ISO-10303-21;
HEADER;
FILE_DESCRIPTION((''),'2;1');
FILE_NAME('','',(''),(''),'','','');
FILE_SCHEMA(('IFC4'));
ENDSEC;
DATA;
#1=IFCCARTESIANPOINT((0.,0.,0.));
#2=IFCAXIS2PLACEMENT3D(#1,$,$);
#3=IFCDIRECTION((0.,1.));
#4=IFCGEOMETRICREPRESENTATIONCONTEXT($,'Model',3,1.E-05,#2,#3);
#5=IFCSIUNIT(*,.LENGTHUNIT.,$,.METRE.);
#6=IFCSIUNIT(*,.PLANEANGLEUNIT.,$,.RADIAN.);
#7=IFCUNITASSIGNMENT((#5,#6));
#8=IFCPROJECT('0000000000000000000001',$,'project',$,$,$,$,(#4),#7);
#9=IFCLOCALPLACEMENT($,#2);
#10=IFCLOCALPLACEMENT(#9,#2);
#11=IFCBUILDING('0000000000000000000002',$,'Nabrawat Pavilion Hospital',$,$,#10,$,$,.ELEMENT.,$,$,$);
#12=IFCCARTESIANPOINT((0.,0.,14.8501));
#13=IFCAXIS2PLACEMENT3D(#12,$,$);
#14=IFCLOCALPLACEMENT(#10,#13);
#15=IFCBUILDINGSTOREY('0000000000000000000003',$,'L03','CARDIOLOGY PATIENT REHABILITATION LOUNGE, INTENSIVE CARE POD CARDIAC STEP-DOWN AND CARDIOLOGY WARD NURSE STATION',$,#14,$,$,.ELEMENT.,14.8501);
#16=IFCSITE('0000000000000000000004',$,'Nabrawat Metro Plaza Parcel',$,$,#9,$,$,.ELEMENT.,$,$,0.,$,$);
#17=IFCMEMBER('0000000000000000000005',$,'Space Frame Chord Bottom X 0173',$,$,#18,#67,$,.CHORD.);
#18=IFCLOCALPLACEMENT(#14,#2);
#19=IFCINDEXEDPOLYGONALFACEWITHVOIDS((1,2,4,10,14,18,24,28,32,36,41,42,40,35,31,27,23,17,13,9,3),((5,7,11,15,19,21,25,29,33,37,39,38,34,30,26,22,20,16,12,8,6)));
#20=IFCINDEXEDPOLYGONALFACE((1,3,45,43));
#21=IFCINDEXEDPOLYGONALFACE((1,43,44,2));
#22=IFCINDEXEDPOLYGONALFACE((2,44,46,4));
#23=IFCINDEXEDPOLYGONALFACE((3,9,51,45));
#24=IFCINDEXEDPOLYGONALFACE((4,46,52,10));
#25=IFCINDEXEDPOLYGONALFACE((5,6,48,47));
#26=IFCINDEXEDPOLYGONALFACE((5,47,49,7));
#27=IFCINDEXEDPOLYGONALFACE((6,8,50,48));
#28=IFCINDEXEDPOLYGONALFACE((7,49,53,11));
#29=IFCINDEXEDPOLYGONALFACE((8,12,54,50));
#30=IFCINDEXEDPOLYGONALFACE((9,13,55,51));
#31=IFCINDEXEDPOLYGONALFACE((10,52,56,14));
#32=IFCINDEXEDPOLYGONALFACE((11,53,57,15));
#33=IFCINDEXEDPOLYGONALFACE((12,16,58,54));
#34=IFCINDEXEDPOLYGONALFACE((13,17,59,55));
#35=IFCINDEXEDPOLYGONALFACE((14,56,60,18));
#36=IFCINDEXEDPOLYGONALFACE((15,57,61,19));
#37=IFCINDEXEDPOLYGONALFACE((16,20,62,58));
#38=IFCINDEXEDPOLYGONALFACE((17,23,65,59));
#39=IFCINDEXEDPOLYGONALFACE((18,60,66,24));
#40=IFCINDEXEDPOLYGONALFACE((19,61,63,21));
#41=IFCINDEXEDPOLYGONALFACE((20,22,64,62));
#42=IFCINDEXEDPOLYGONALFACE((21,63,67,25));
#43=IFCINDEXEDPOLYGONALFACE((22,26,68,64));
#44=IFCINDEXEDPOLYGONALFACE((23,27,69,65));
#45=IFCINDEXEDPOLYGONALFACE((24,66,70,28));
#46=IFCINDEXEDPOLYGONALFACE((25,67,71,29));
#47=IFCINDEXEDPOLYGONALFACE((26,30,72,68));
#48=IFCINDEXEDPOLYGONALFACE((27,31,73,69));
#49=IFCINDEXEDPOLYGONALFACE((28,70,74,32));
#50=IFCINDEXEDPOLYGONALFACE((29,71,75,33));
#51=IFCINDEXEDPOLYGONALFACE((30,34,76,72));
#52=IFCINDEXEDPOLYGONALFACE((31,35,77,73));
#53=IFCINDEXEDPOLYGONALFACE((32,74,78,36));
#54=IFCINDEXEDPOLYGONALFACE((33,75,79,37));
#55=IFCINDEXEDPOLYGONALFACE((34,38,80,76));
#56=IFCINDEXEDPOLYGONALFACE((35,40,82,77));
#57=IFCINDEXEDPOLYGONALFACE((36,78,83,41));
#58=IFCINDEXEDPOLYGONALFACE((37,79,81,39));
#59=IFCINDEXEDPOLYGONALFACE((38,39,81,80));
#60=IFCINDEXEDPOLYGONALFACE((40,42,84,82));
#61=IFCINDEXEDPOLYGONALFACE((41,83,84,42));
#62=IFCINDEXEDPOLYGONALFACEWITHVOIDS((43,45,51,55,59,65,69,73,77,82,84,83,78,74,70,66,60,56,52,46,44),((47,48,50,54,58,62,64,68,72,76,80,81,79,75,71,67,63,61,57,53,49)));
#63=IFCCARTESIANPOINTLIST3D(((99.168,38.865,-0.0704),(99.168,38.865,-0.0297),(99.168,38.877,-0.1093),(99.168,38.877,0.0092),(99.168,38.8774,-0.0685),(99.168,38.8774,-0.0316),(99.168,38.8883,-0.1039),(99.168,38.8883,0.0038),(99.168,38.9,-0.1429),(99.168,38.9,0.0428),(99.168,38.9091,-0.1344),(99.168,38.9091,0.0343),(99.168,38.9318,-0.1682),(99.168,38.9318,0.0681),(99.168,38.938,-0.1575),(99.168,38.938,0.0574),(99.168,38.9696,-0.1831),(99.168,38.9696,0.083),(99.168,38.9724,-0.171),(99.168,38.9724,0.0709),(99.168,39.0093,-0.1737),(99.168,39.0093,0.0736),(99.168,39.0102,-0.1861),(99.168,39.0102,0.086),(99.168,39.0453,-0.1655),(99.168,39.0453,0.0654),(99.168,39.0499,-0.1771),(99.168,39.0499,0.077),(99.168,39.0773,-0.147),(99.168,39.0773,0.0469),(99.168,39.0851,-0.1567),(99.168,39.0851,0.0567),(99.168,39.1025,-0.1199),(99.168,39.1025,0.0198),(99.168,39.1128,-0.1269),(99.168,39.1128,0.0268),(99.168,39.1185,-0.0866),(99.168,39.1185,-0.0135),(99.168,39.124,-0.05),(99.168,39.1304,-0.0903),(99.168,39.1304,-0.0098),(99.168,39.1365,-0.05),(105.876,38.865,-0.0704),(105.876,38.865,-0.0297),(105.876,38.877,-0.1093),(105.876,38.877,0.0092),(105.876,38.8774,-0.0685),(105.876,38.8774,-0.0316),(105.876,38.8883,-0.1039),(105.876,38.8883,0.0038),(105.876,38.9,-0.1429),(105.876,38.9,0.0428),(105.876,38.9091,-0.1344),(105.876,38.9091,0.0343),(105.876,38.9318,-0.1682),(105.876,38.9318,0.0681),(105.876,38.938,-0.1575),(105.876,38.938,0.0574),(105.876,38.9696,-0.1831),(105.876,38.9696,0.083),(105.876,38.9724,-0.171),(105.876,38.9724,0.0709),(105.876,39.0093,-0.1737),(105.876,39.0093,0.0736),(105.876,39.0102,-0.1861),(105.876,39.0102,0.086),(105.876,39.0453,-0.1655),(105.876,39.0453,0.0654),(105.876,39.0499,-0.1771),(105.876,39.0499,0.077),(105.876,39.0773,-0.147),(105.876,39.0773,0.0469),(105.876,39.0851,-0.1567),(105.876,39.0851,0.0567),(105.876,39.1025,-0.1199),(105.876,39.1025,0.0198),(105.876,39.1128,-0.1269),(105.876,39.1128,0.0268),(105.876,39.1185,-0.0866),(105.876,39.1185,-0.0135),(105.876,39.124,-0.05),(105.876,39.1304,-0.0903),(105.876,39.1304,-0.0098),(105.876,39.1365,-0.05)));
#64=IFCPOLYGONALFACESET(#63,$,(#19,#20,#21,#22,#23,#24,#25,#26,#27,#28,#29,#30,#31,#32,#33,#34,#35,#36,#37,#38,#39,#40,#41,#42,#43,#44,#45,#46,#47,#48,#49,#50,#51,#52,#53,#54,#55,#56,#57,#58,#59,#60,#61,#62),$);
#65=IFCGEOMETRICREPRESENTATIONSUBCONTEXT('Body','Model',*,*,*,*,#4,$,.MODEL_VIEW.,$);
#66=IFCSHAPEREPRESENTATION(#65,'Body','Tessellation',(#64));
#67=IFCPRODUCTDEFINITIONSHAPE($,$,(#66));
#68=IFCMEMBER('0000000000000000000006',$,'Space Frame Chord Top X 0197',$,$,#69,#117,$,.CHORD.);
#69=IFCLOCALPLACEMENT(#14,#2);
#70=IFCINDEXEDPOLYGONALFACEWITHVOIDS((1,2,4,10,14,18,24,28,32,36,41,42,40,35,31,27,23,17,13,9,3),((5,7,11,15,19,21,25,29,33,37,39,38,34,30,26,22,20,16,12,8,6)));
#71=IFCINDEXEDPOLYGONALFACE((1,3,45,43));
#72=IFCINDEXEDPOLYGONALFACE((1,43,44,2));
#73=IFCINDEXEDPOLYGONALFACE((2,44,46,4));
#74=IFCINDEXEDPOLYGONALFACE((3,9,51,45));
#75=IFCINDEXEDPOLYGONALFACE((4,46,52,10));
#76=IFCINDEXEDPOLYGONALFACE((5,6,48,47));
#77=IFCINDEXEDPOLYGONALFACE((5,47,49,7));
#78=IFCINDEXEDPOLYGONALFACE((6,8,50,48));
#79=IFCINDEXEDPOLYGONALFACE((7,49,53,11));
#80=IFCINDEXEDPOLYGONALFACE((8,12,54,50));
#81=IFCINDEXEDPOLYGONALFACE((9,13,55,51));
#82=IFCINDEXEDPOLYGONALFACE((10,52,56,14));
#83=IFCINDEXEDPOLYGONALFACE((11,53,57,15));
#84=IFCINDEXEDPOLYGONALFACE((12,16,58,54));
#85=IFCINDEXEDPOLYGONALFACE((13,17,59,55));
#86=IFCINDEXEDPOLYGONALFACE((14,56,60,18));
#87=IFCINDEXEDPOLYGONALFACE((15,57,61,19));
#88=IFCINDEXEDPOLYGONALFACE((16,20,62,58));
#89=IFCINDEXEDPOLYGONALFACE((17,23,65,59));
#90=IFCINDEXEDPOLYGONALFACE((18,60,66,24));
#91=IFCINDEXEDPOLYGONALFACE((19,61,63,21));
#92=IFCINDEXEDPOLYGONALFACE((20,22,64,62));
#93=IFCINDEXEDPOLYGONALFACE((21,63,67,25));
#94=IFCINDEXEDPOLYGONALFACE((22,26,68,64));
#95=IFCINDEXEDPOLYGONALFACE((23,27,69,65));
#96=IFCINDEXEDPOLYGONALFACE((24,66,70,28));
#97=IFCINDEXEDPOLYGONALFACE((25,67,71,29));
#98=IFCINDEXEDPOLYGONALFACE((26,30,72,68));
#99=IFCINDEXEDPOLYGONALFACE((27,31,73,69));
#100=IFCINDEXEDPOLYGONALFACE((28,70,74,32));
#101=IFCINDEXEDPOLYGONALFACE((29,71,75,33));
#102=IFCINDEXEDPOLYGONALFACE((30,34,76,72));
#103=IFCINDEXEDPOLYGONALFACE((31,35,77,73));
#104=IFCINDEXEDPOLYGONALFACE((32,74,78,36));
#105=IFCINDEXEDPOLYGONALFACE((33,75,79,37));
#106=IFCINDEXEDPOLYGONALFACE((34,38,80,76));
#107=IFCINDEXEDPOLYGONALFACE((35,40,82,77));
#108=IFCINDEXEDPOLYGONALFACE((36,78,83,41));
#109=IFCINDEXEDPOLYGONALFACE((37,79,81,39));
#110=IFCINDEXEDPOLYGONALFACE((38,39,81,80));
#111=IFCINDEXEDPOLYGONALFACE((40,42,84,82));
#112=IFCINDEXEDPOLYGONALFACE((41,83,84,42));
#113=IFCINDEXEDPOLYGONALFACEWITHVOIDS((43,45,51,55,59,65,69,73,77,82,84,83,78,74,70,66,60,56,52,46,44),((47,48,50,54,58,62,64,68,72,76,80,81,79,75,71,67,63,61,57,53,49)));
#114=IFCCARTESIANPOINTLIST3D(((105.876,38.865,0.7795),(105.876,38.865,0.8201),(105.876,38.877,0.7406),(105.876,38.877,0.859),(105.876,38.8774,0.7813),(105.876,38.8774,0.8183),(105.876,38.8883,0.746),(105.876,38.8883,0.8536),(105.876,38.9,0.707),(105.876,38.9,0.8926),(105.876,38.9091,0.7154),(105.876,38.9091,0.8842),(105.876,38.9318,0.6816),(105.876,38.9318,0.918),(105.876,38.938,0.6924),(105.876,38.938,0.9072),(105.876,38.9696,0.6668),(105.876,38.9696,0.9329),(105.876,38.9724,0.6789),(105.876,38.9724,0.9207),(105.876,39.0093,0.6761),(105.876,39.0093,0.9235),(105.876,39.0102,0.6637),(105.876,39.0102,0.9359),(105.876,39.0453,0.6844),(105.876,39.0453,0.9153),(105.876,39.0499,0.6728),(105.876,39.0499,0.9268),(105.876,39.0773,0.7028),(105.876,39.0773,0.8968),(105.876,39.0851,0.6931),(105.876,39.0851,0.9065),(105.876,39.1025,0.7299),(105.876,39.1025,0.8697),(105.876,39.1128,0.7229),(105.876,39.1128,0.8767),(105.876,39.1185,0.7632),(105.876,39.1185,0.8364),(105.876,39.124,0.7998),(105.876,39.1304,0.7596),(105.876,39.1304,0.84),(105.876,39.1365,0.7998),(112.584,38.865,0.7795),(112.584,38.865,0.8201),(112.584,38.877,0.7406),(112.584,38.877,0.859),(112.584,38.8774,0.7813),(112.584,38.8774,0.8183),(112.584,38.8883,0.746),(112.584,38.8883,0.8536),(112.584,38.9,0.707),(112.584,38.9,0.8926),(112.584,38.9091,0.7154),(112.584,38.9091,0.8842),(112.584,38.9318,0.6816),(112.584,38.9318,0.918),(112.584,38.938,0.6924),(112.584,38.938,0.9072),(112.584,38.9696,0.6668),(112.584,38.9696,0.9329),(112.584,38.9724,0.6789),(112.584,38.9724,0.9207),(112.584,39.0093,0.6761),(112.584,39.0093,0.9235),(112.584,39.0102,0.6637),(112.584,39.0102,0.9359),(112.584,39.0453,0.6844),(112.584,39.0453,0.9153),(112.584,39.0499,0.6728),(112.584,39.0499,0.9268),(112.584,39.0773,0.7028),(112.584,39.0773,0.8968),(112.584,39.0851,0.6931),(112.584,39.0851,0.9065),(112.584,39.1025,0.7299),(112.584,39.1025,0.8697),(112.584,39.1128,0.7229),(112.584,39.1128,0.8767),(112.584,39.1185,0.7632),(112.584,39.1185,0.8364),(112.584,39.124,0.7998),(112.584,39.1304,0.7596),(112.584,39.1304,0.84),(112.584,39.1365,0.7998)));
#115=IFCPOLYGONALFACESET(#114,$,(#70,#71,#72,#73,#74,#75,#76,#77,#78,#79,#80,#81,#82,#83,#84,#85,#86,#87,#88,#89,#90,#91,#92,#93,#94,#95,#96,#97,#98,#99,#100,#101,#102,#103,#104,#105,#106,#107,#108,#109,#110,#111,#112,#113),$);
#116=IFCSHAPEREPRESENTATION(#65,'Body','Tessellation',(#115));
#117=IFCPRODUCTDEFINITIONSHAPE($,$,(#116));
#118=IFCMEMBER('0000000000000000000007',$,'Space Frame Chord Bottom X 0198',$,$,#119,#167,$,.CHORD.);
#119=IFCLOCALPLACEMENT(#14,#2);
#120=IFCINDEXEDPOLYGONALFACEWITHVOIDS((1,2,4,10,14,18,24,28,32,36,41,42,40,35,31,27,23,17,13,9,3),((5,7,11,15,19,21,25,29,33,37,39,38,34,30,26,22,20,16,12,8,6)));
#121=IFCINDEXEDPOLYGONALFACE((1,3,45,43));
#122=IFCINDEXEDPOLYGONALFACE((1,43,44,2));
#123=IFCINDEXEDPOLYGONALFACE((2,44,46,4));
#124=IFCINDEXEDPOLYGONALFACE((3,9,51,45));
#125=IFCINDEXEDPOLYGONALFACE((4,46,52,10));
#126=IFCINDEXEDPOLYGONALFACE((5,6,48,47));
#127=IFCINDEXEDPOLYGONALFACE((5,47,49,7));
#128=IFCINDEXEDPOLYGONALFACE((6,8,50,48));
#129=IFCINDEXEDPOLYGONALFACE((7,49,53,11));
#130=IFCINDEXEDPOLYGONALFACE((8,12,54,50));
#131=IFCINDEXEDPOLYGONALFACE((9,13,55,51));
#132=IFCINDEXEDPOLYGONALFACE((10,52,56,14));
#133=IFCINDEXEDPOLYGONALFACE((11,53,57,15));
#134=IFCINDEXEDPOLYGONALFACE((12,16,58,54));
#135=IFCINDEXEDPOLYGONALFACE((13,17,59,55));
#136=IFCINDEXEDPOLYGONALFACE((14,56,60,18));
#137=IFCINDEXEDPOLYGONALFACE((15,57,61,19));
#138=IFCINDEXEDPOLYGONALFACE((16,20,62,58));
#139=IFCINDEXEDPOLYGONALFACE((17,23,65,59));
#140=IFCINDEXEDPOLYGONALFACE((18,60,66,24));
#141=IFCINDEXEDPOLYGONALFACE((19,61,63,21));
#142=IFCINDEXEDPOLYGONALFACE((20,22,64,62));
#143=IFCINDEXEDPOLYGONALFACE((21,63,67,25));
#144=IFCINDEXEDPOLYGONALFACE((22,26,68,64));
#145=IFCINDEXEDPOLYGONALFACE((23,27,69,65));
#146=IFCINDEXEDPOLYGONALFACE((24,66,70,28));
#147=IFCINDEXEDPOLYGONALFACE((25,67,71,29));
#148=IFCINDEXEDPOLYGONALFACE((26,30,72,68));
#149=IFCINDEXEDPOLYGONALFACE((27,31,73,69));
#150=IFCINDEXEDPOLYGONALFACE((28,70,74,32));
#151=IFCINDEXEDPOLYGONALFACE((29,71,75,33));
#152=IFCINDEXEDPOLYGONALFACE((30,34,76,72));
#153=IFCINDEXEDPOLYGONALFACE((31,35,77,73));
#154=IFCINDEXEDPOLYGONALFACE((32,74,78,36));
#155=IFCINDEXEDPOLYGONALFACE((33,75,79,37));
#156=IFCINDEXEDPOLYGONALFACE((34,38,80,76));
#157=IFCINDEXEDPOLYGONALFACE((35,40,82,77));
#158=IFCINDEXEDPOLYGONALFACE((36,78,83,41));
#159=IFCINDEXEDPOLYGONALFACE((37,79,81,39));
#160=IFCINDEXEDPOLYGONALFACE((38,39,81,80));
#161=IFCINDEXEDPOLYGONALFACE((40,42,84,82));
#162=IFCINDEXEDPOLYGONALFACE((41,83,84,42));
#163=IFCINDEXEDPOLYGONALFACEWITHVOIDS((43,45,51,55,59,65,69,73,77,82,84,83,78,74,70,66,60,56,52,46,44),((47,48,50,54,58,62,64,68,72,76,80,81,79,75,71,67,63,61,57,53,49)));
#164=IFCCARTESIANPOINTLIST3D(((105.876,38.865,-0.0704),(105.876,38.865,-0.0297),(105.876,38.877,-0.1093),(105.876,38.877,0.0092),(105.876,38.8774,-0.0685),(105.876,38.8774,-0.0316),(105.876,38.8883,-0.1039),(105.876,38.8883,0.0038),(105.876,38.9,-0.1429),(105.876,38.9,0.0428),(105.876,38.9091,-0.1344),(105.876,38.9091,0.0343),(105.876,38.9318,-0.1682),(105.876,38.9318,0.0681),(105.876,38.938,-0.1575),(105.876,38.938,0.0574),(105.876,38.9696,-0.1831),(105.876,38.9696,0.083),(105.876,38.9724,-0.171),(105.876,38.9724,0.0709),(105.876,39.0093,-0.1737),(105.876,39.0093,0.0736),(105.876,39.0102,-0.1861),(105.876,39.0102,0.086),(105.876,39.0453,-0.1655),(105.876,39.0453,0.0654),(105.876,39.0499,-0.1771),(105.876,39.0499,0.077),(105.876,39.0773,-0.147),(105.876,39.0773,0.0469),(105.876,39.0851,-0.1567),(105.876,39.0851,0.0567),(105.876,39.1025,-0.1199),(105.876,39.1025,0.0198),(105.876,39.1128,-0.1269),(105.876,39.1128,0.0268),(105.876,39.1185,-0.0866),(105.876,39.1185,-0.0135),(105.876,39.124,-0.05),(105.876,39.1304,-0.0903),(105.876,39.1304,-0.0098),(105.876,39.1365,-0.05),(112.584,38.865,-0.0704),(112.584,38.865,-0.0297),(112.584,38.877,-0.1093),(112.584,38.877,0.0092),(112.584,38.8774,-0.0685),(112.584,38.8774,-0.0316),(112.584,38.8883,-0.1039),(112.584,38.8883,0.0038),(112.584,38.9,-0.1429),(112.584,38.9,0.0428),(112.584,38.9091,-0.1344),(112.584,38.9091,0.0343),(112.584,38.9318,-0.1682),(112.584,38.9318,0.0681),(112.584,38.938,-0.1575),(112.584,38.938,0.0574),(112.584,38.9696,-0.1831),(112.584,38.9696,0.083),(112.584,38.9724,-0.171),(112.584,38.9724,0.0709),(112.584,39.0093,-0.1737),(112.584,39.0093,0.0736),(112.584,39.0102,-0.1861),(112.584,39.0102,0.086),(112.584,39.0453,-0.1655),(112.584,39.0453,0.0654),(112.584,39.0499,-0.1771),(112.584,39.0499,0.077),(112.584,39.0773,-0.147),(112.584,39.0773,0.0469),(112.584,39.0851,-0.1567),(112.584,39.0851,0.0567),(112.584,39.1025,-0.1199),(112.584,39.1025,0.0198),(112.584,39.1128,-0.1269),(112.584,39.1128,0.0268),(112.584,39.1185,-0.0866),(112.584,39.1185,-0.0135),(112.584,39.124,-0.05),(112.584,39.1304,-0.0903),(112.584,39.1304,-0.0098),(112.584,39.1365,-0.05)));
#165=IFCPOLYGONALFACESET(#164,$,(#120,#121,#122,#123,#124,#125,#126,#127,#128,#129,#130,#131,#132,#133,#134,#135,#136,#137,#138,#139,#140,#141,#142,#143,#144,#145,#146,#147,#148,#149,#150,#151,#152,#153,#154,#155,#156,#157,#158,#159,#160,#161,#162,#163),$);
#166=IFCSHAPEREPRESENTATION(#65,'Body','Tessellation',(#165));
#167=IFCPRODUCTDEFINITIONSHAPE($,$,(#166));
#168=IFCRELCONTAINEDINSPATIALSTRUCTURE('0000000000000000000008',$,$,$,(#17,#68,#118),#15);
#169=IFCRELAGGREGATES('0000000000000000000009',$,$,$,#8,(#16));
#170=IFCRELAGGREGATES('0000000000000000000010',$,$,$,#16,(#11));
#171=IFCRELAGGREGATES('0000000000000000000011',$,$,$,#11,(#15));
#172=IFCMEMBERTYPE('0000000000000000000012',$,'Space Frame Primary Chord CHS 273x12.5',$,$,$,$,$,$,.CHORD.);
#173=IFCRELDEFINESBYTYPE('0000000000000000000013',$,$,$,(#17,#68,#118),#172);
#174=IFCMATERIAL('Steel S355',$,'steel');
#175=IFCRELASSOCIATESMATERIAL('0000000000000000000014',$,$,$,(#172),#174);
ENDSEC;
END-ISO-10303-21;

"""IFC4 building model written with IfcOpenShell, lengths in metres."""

from ifc_helpers import new_model, si_unit, direction, frame, origin, origin_2d, place, context, subcontext, project, spatial, hollow_circle, extrude, material, material_profile, profile_set, type_object, element, save


model = new_model("IFC4")

# Units and contexts
model_context = context("Model", 3, precision=1e-05, world=origin(), true_north=direction((0.0, 1.0)))
body_context = subcontext(model_context, "Body", "Model", "MODEL_VIEW")
ifc_project = project(units=[si_unit("LENGTHUNIT", "METRE"), si_unit("PLANEANGLEUNIT", "RADIAN")], contexts=[model_context])

# Site, building, storey
site_placement = place(None, origin())
site = spatial("IfcSite", under=ifc_project, at=site_placement, Name="Nabrawat Metro Plaza Parcel", CompositionType="ELEMENT", RefElevation=0.0)
building_placement = place(site_placement, origin())
building = spatial("IfcBuilding", under=site, at=building_placement, Name="Nabrawat Pavilion Hospital", CompositionType="ELEMENT")
storey_placement = place(building_placement, frame((0.0, 0.0, 14.8501)))
storey = spatial("IfcBuildingStorey", under=building, at=storey_placement, Name="L03", Description="CARDIOLOGY PATIENT REHABILITATION LOUNGE, INTENSIVE CARE POD CARDIAC STEP-DOWN AND CARDIOLOGY WARD NURSE STATION", CompositionType="ELEMENT", Elevation=14.8501)

# Shared definitions
ifc_material = material(Name="Steel S355", Category="steel")

# Members
ifc_material_profile_1 = material_profile(ifc_material, hollow_circle(Radius=0.1365, WallThickness=0.0125, at=origin_2d()), Name="CHS 273x12.5")
ifc_profile_set_1 = profile_set([ifc_material_profile_1], Name="Steel S355")
member_type_1 = type_object("IfcMemberType", Name="Space Frame Primary Chord CHS 273x12.5", PredefinedType="CHORD", material=ifc_profile_set_1)
for number, where, z_axis, x_axis, name in (
    (1, (99.168, 39.0, -0.05), (1.0, 0.0, 0.0), (0.0, 1.0, 0.0), "Space Frame Chord Bottom X 0173"),
    (2, (105.876, 39.0, 0.7998), (1.0, 0.0, 0.0), (0.0, 1.0, 0.0), "Space Frame Chord Top X 0197"),
    (3, (105.876, 39.0, -0.05), (1.0, 0.0, 0.0), (0.0, 1.0, 0.0), "Space Frame Chord Bottom X 0198"),
):
    element("IfcMember", number, at=place(storey_placement, frame(where, z_axis=z_axis, x_axis=x_axis)), inside=storey, type_object=member_type_1, Name=name, PredefinedType="CHORD", context=body_context, shape_type="SweptSolid", body=[
        extrude(hollow_circle(Radius=0.1365, WallThickness=0.0125, at=origin_2d()), origin(), (0.0, 0.0, 1.0), 6.708),
    ])

save(model, "model.ifc")
